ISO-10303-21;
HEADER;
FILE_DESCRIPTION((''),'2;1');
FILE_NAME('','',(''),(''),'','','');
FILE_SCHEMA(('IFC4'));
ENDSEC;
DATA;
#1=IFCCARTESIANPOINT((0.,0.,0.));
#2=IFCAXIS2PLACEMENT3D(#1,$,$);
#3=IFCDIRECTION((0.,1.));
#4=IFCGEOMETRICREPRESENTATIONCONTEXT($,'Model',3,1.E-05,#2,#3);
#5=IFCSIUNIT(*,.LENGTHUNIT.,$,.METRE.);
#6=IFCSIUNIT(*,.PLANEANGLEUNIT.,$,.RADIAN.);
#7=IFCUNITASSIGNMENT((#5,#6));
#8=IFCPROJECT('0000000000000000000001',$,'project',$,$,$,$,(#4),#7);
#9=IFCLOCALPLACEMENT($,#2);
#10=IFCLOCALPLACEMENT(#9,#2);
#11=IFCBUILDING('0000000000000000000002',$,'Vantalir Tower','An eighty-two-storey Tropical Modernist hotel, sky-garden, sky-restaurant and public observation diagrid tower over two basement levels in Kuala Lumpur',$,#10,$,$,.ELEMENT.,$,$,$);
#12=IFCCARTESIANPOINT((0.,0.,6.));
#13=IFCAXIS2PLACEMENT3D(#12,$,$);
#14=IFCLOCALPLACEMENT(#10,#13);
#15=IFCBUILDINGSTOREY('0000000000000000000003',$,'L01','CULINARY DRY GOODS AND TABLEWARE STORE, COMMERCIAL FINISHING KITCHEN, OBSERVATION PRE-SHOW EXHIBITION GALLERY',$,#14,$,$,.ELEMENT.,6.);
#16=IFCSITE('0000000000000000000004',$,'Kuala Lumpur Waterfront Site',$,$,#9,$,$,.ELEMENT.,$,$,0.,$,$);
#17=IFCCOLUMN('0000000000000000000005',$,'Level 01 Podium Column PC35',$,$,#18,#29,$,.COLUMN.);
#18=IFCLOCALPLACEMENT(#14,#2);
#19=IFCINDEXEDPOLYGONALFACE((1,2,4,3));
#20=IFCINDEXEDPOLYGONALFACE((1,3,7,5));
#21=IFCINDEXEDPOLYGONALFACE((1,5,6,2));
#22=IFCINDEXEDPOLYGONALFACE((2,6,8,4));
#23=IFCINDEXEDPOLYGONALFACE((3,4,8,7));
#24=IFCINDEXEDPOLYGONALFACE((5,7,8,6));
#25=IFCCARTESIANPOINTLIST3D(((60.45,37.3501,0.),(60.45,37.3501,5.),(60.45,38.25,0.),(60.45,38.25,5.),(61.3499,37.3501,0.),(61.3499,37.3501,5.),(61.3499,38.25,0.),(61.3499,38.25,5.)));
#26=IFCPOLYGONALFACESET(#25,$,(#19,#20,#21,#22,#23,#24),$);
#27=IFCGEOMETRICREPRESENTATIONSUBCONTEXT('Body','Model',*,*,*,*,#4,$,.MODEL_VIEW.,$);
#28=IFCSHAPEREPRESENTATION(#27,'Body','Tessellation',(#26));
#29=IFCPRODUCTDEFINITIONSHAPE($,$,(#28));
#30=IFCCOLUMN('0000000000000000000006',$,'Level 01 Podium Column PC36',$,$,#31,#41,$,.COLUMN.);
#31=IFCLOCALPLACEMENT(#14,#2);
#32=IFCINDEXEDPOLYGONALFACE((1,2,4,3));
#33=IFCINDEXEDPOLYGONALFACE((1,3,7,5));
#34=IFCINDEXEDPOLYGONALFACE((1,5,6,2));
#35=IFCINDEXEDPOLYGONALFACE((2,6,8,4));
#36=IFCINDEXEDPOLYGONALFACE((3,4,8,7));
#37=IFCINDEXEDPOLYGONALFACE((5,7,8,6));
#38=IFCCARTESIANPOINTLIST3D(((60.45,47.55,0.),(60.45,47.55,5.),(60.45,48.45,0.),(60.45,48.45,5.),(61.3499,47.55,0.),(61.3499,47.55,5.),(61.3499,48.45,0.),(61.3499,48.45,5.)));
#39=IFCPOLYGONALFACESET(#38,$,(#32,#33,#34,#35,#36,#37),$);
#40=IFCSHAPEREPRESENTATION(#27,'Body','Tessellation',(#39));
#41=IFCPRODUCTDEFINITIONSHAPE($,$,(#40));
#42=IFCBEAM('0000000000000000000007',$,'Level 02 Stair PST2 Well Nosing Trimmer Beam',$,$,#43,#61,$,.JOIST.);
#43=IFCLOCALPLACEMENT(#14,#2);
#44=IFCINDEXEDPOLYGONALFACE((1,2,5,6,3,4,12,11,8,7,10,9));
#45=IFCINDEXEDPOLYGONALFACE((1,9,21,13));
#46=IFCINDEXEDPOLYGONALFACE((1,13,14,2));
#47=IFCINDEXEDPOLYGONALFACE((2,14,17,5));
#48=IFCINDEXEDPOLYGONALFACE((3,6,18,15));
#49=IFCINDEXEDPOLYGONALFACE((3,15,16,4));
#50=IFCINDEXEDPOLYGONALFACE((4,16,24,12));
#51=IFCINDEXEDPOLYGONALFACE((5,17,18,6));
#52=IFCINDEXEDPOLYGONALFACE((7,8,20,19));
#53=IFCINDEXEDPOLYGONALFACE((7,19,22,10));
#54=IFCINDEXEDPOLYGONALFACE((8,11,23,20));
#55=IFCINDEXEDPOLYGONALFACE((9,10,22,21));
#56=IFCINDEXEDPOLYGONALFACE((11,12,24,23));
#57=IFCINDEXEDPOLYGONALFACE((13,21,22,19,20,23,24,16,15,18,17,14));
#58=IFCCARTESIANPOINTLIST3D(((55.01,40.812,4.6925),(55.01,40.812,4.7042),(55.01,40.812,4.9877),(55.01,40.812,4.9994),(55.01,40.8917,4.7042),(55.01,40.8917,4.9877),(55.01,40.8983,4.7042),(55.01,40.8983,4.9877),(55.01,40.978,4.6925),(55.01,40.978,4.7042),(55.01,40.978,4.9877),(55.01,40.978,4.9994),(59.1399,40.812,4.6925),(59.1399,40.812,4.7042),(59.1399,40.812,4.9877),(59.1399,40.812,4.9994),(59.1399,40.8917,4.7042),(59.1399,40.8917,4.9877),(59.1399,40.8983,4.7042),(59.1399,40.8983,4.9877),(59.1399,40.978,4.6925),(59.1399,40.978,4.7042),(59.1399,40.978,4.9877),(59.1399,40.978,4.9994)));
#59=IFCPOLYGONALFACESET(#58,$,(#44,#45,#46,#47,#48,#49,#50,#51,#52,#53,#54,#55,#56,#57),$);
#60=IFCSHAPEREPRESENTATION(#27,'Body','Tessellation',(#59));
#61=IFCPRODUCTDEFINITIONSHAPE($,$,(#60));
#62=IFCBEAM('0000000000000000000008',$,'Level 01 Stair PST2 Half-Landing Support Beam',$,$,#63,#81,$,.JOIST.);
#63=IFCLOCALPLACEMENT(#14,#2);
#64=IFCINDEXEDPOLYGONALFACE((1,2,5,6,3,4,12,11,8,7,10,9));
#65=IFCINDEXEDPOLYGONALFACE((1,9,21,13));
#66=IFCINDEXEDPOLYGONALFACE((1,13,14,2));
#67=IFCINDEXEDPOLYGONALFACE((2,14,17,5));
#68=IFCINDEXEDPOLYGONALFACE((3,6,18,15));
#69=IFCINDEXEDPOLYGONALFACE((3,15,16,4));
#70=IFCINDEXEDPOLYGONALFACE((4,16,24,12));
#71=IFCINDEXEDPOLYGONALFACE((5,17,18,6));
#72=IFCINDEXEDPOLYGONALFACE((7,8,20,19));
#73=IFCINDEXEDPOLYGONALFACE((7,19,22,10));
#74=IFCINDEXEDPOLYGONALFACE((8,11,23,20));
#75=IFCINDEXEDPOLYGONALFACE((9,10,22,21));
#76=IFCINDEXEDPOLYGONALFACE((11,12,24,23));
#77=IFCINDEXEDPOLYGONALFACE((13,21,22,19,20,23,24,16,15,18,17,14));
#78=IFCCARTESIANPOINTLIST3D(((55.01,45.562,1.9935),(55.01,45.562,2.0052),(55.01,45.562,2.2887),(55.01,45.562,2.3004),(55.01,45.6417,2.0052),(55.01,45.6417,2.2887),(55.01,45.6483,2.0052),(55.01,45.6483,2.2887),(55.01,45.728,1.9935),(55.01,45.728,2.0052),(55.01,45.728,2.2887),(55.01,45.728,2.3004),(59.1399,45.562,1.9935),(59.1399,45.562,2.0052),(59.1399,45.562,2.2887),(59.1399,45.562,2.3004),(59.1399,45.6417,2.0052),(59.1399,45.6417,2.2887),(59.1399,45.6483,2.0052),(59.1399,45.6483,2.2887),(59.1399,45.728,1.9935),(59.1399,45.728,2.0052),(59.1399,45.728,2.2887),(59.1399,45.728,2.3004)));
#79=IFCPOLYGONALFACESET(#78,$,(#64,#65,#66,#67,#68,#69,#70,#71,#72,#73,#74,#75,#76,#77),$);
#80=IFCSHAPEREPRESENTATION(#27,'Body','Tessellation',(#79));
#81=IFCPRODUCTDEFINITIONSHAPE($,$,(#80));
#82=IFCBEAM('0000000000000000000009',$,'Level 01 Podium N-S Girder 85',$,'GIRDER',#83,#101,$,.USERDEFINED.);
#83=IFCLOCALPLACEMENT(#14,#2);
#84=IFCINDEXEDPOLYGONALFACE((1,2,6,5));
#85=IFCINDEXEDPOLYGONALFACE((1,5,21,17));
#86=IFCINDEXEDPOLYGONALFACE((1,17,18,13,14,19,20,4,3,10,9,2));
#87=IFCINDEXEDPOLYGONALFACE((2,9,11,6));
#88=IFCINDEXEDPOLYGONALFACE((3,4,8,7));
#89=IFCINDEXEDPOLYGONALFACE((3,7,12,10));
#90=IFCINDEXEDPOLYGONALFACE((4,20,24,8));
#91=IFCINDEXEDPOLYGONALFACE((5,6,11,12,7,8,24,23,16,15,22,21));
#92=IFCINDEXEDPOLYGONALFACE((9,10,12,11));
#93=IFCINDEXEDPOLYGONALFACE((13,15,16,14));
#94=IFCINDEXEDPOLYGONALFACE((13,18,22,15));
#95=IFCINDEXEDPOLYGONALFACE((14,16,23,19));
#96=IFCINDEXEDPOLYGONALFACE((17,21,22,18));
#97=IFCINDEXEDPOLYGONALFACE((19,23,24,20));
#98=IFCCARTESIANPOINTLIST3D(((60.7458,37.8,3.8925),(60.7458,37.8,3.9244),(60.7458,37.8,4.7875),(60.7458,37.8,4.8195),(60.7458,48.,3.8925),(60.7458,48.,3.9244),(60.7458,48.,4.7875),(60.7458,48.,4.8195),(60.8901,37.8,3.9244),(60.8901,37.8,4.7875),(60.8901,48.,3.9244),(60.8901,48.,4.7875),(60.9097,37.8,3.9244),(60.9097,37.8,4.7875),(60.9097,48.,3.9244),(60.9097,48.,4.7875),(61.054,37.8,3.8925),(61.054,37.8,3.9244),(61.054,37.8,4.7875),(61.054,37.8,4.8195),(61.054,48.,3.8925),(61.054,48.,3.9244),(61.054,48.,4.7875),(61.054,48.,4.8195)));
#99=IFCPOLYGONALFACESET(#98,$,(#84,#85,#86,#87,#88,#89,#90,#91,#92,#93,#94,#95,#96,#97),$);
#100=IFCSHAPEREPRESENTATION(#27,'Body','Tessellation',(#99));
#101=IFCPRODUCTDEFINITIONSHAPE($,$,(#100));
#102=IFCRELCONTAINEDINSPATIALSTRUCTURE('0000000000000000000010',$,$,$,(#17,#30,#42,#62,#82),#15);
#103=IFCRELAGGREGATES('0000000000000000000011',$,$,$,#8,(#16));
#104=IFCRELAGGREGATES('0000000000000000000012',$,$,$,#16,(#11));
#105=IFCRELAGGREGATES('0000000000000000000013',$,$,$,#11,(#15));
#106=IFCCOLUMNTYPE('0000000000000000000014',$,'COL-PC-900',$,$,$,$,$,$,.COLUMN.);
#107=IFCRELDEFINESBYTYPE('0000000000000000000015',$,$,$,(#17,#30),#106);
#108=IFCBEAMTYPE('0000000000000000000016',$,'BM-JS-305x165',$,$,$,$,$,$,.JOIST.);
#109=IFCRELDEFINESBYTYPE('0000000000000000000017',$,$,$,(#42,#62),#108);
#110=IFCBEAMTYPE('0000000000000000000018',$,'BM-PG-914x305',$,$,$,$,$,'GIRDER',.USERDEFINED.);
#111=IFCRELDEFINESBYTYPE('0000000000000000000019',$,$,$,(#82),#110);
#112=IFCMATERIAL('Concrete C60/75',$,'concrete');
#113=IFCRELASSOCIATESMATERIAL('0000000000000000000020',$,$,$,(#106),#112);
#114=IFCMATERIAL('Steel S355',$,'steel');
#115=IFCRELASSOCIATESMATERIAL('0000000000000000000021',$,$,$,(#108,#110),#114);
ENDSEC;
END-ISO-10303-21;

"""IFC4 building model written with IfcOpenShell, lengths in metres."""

from ifc_helpers import new_model, si_unit, direction, frame, origin, origin_2d, place, context, subcontext, project, spatial, rectangle, i_section, extrude, material, material_profile, profile_set, type_object, element, save


model = new_model("IFC4")

# Units and contexts
model_context = context("Model", 3, precision=1e-05, world=origin(), true_north=direction((0.0, 1.0)))
body_context = subcontext(model_context, "Body", "Model", "MODEL_VIEW")
ifc_project = project(units=[si_unit("LENGTHUNIT", "METRE"), si_unit("PLANEANGLEUNIT", "RADIAN")], contexts=[model_context])

# Site, building, storey
site_placement = place(None, origin())
site = spatial("IfcSite", under=ifc_project, at=site_placement, Name="Kuala Lumpur Waterfront Site", CompositionType="ELEMENT", RefElevation=0.0)
building_placement = place(site_placement, origin())
building = spatial("IfcBuilding", under=site, at=building_placement, Name="Vantalir Tower", Description="An eighty-two-storey Tropical Modernist hotel, sky-garden, sky-restaurant and public observation diagrid tower over two basement levels in Kuala Lumpur", CompositionType="ELEMENT")
storey_placement = place(building_placement, frame((0.0, 0.0, 6.0)))
storey = spatial("IfcBuildingStorey", under=building, at=storey_placement, Name="L01", Description="CULINARY DRY GOODS AND TABLEWARE STORE, COMMERCIAL FINISHING KITCHEN, OBSERVATION PRE-SHOW EXHIBITION GALLERY", CompositionType="ELEMENT", Elevation=6.0)

# Columns
ifc_material_1 = material(Name="Concrete C60/75", Category="concrete")
ifc_material_profile_1 = material_profile(ifc_material_1, rectangle(XDim=0.8999, YDim=0.8999, at=origin_2d()), Name="Concrete C60/75")
ifc_profile_set_1 = profile_set([ifc_material_profile_1], Name="Concrete C60/75")
column_type = type_object("IfcColumnType", Name="COL-PC-900", PredefinedType="COLUMN", material=ifc_profile_set_1)
for number, where, z_axis, x_axis, name in (
    (1, (60.8999, 37.8, 0.0), (0.0, 0.0, 1.0), (1.0, 0.0, 0.0), "Level 01 Podium Column PC35"),
    (2, (60.8999, 48.0, 0.0), (0.0, 0.0, 1.0), (1.0, 0.0, 0.0), "Level 01 Podium Column PC36"),
):
    element("IfcColumn", number, at=place(storey_placement, frame(where, z_axis=z_axis, x_axis=x_axis)), inside=storey, type_object=column_type, Name=name, PredefinedType="COLUMN", context=body_context, shape_type="SweptSolid", body=[
        extrude(rectangle(XDim=0.8999, YDim=0.8999, at=origin_2d()), origin(), (0.0, 0.0, 1.0), 5.0),
    ])

# Beams
ifc_material_2 = material(Name="Steel S355", Category="steel")
ifc_material_profile_2 = material_profile(ifc_material_2, i_section(OverallWidth=0.166, OverallDepth=0.3069, WebThickness=0.0066, FlangeThickness=0.0117, at=origin_2d()), Name="Steel S355")
ifc_profile_set_2 = profile_set([ifc_material_profile_2], Name="Steel S355")
beam_type_1 = type_object("IfcBeamType", Name="BM-JS-305x165", PredefinedType="JOIST", material=ifc_profile_set_2)
for number, where, z_axis, x_axis, name in (
    (3, (55.01, 40.895, 4.8459), (1.0, 0.0, 0.0), (0.0, 1.0, 0.0), "Level 02 Stair PST2 Well Nosing Trimmer Beam"),
    (4, (55.01, 45.645, 2.147), (1.0, 0.0, 0.0), (0.0, 1.0, 0.0), "Level 01 Stair PST2 Half-Landing Support Beam"),
):
    element("IfcBeam", number, at=place(storey_placement, frame(where, z_axis=z_axis, x_axis=x_axis)), inside=storey, type_object=beam_type_1, Name=name, PredefinedType="JOIST", context=body_context, shape_type="SweptSolid", body=[
        extrude(i_section(OverallWidth=0.166, OverallDepth=0.3069, WebThickness=0.0066, FlangeThickness=0.0117, at=origin_2d()), origin(), (0.0, 0.0, 1.0), 4.1299),
    ])
ifc_material_profile_3 = material_profile(ifc_material_2, i_section(OverallWidth=0.3081, OverallDepth=0.927, WebThickness=0.0195, FlangeThickness=0.032, at=origin_2d()), Name="Steel S355")
ifc_profile_set_3 = profile_set([ifc_material_profile_3], Name="Steel S355")
beam_type_2 = type_object("IfcBeamType", Name="BM-PG-914x305", ElementType="GIRDER", PredefinedType="USERDEFINED", material=ifc_profile_set_3)
beam_placement = place(storey_placement, frame((60.8999, 37.8, 4.356), z_axis=(0.0, 1.0, 0.0), x_axis=(-1.0, 0.0, 0.0)))
element("IfcBeam", 5, at=beam_placement, inside=storey, type_object=beam_type_2, Name="Level 01 Podium N-S Girder 85", ObjectType="GIRDER", PredefinedType="USERDEFINED", context=body_context, shape_type="SweptSolid", body=[
    extrude(i_section(OverallWidth=0.3081, OverallDepth=0.927, WebThickness=0.0195, FlangeThickness=0.032, at=origin_2d()), origin(), (0.0, 0.0, 1.0), 10.2),
])

save(model, "model.ifc")
